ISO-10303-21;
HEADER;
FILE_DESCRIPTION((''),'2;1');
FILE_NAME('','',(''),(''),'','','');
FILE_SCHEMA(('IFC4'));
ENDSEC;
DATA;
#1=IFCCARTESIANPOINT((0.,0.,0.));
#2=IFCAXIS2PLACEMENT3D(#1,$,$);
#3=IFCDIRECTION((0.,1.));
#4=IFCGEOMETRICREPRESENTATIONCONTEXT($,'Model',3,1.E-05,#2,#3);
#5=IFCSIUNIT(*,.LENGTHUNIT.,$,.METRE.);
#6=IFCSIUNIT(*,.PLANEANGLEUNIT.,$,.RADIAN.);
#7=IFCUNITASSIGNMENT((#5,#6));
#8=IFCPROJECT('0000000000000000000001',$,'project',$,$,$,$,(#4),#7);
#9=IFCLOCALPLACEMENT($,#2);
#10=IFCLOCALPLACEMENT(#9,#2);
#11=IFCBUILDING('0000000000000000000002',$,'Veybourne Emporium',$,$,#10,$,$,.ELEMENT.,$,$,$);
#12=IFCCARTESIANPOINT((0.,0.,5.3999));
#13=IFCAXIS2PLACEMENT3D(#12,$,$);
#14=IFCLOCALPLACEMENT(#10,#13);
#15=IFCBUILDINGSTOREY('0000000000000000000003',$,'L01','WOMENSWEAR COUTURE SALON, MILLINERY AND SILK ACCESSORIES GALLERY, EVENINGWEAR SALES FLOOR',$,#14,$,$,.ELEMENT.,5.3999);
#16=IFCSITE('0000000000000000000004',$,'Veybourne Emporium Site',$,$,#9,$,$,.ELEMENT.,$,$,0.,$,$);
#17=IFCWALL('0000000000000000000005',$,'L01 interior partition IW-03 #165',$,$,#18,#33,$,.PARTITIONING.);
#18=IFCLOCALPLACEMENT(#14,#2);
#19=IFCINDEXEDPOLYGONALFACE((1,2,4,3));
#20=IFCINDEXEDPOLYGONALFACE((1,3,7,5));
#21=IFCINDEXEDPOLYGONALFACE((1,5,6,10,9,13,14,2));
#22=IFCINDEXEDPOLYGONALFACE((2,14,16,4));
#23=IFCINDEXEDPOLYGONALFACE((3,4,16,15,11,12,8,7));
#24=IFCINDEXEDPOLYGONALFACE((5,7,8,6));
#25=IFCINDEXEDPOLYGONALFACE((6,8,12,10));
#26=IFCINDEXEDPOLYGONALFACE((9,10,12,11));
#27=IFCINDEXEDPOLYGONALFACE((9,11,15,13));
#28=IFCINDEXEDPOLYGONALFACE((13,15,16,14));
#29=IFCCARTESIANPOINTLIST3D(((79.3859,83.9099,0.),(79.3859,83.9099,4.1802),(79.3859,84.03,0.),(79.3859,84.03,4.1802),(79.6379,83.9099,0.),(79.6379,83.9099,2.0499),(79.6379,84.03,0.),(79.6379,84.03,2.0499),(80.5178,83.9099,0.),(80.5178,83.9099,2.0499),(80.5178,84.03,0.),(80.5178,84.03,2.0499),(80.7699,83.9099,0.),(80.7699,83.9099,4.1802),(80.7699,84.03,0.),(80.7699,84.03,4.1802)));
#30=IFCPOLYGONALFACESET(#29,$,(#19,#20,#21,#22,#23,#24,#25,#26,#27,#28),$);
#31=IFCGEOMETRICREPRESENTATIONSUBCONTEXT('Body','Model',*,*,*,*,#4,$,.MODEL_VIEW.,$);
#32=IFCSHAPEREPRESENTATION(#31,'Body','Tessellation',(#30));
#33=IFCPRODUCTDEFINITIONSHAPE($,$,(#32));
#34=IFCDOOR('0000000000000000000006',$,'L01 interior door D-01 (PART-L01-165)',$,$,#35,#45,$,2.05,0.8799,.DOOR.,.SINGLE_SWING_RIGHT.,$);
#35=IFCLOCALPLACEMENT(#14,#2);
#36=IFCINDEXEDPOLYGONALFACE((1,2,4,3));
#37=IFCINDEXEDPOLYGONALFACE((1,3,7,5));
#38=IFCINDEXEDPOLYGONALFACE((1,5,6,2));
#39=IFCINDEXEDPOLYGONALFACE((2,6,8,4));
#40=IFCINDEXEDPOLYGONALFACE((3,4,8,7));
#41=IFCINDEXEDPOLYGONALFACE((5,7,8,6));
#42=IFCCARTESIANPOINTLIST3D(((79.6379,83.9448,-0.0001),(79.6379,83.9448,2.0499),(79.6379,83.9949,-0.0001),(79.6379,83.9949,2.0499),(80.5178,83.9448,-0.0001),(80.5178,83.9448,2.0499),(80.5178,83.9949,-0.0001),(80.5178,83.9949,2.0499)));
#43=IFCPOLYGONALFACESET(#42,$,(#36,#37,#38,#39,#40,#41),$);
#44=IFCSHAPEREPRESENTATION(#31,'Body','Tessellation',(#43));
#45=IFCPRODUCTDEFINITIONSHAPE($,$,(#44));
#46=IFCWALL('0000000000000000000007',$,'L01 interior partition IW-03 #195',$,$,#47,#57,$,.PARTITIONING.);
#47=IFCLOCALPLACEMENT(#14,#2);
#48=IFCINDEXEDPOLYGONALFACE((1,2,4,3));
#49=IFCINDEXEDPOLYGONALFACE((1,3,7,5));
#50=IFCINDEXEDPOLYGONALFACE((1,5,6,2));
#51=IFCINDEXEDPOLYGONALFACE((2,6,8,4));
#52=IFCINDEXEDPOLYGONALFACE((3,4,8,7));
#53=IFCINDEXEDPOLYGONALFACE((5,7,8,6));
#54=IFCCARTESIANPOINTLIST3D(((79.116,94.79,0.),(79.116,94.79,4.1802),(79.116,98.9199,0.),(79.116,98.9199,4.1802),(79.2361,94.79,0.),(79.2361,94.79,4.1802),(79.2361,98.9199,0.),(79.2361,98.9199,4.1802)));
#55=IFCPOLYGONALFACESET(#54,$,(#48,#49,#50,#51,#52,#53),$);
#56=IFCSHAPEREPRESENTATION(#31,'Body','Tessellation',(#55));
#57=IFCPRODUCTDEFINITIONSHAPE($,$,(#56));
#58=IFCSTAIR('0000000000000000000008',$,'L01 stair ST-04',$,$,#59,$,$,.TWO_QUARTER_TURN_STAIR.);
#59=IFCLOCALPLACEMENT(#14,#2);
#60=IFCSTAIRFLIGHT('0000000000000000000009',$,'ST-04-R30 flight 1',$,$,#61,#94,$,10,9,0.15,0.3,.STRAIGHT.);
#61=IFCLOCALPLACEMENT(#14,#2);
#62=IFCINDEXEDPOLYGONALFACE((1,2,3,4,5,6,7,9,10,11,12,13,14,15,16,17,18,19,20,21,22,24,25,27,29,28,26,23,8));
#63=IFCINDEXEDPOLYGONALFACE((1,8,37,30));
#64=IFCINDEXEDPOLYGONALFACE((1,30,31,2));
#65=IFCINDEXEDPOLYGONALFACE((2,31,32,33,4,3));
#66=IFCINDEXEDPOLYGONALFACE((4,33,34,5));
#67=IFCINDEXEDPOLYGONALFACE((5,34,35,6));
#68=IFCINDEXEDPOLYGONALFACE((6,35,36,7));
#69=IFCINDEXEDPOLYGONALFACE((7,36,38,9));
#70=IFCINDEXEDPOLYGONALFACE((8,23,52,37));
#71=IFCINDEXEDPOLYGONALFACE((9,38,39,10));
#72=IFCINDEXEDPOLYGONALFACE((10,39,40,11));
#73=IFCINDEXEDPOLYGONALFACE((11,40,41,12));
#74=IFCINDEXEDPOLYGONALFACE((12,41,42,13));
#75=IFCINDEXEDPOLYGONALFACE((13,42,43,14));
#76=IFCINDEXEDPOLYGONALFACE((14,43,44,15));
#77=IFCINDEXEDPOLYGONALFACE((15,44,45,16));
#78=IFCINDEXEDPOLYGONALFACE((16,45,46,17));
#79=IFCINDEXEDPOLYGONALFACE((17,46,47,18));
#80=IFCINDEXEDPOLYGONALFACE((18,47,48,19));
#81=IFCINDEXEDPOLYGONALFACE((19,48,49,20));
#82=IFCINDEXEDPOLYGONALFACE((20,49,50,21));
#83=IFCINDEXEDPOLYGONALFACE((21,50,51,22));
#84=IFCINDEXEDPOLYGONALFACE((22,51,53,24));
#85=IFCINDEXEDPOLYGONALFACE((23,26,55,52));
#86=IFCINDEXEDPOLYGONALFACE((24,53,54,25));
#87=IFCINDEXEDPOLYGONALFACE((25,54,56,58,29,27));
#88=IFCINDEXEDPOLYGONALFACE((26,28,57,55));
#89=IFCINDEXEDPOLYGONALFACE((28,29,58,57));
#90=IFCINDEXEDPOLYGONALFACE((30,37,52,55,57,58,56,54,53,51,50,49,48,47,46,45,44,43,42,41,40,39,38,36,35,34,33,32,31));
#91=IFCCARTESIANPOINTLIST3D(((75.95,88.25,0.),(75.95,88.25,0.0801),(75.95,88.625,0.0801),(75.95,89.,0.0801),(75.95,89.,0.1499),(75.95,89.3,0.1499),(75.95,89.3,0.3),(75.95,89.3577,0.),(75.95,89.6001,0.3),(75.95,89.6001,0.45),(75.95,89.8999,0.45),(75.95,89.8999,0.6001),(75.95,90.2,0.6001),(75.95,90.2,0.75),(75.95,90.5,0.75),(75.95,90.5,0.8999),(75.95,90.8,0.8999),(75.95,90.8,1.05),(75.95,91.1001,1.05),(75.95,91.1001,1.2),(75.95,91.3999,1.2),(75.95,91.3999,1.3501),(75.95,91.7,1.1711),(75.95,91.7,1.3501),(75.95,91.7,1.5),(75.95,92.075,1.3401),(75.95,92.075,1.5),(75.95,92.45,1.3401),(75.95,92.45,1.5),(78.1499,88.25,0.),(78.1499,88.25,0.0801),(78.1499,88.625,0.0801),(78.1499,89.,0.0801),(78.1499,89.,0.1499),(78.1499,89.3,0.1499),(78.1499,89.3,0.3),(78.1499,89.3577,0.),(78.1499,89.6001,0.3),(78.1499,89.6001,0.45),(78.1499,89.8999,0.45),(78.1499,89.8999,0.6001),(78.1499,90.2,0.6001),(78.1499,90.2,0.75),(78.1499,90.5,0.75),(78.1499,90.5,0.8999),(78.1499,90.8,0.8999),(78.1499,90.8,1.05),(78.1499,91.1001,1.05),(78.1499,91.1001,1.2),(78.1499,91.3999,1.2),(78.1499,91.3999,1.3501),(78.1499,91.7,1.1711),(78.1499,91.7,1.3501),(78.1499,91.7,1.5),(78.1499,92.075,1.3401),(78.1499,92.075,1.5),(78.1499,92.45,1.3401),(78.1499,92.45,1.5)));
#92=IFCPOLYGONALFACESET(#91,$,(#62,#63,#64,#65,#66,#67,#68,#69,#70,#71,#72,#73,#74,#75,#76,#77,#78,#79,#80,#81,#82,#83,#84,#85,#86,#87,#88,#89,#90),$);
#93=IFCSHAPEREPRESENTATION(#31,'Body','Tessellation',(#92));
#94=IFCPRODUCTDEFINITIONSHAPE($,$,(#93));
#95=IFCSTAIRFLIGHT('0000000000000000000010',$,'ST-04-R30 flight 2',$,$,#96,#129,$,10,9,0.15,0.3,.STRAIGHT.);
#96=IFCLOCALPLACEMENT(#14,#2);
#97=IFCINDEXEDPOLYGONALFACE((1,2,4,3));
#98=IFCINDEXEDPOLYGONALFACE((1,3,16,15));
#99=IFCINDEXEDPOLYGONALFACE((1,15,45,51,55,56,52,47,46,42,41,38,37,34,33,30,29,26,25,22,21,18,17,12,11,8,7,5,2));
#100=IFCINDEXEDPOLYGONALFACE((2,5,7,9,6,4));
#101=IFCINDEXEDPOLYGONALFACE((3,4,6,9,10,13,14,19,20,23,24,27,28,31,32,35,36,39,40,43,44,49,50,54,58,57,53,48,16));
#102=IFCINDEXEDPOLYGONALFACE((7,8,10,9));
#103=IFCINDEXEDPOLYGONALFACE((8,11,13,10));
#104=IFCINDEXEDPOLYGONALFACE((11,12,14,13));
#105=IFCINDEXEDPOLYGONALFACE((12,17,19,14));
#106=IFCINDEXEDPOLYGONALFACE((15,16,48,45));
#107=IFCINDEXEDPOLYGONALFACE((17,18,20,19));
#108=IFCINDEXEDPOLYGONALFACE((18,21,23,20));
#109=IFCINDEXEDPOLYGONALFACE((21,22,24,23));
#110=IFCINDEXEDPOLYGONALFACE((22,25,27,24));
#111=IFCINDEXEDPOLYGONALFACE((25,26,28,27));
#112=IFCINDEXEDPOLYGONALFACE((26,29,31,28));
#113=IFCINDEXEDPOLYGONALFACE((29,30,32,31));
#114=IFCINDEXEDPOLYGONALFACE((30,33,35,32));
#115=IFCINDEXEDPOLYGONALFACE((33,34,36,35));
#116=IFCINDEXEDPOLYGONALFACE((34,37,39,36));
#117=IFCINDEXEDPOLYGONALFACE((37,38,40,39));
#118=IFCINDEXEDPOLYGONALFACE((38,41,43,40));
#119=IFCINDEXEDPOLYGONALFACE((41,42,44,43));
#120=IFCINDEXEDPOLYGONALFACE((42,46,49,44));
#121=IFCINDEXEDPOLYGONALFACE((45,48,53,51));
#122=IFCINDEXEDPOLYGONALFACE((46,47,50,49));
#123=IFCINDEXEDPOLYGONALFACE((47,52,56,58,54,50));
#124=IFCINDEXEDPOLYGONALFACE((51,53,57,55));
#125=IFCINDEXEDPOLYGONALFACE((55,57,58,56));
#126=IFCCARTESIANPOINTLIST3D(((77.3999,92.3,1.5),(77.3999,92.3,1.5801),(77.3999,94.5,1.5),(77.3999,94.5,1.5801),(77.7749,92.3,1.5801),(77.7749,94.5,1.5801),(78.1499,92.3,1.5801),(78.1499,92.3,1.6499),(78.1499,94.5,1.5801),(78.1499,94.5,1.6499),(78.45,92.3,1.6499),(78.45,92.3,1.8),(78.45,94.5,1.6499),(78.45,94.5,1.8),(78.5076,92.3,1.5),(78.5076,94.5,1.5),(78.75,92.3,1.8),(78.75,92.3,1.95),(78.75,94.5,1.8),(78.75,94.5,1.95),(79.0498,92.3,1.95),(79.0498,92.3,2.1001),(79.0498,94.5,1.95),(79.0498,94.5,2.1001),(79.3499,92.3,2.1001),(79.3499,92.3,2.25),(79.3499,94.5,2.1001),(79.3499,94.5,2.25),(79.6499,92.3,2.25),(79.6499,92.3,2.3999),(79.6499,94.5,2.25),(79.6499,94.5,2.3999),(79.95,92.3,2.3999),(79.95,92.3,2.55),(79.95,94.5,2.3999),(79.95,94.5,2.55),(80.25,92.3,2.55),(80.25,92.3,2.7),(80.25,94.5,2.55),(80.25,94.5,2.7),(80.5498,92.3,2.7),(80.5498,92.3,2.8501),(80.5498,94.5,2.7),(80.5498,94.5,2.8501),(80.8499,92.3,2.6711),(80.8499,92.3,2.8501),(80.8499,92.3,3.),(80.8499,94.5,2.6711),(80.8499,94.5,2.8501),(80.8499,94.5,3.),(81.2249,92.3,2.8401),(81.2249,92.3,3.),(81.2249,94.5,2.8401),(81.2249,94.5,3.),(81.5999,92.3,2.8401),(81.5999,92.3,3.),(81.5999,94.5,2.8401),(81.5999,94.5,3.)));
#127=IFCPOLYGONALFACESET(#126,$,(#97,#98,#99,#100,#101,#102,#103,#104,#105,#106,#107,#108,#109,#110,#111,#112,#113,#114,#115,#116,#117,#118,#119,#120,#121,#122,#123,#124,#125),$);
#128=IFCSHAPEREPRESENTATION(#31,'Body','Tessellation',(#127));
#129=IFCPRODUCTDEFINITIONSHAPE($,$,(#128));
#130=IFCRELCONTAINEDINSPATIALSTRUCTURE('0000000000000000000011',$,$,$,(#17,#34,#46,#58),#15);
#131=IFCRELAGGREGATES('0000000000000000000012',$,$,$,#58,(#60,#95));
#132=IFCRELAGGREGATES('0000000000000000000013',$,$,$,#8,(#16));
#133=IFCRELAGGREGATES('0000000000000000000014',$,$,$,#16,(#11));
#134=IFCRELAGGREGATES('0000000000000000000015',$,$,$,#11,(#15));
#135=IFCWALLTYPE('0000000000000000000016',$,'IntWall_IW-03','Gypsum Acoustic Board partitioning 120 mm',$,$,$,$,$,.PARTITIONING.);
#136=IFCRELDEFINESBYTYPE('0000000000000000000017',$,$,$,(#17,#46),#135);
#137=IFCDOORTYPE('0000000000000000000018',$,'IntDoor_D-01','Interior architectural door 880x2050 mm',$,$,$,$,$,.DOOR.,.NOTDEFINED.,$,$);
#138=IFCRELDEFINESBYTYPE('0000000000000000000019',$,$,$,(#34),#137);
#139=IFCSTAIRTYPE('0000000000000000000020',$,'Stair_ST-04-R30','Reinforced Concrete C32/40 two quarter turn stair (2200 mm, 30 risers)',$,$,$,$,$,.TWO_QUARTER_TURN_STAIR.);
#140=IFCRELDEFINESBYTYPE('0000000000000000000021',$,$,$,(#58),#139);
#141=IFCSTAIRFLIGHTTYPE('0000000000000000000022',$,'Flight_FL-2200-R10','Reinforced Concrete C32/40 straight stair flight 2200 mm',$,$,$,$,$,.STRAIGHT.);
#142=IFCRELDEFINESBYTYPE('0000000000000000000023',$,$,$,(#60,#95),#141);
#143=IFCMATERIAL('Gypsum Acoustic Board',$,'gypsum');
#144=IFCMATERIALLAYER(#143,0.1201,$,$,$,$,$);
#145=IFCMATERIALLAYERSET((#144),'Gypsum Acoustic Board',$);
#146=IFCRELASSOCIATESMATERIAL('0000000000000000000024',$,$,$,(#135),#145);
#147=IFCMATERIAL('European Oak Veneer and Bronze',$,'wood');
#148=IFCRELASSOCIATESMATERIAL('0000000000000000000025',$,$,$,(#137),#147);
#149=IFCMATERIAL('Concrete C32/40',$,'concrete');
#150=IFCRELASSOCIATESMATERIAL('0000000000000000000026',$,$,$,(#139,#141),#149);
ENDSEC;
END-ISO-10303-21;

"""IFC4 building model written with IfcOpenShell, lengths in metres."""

from ifc_helpers import new_model, si_unit, direction, frame, frame_2d, origin, place, context, subcontext, project, spatial, polyline, rectangle, outline, extrude, material, layer, layer_set, type_object, element, fill, aggregate, save


model = new_model("IFC4")

# Units and contexts
model_context = context("Model", 3, precision=1e-05, world=origin(), true_north=direction((0.0, 1.0)))
body_context = subcontext(model_context, "Body", "Model", "MODEL_VIEW")
ifc_project = project(units=[si_unit("LENGTHUNIT", "METRE"), si_unit("PLANEANGLEUNIT", "RADIAN")], contexts=[model_context])

# Site, building, storey
site_placement = place(None, origin())
site = spatial("IfcSite", under=ifc_project, at=site_placement, Name="Veybourne Emporium Site", CompositionType="ELEMENT", RefElevation=0.0)
building_placement = place(site_placement, origin())
building = spatial("IfcBuilding", under=site, at=building_placement, Name="Veybourne Emporium", CompositionType="ELEMENT")
storey_placement = place(building_placement, frame((0.0, 0.0, 5.3999)))
storey = spatial("IfcBuildingStorey", under=building, at=storey_placement, Name="L01", Description="WOMENSWEAR COUTURE SALON, MILLINERY AND SILK ACCESSORIES GALLERY, EVENINGWEAR SALES FLOOR", CompositionType="ELEMENT", Elevation=5.3999)

# Shared definitions
ifc_material_1 = material(Name="Concrete C32/40", Category="concrete")

# Wall, opening, door
ifc_material_2 = material(Name="Gypsum Acoustic Board", Category="gypsum")
ifc_material_3 = material(Name="European Oak Veneer and Bronze", Category="wood")
ifc_layer_1 = layer(ifc_material_2, 0.1201)
ifc_layer_set_1 = layer_set([ifc_layer_1], Name="Gypsum Acoustic Board")
wall_type_1 = type_object("IfcWallType", Name="IntWall_IW-03", Description="Gypsum Acoustic Board partitioning 120 mm", PredefinedType="PARTITIONING", material=ifc_layer_set_1)
wall_1_placement = place(storey_placement, frame((79.386, 83.97, 0.0), z_axis=(0.0, 0.0, 1.0), x_axis=(1.0, 0.0, 0.0)))
wall_1 = element("IfcWall", 1, at=wall_1_placement, inside=storey, type_object=wall_type_1, Name="L01 interior partition IW-03 #165", PredefinedType="PARTITIONING", context=body_context, shape_type="SweptSolid", body=[
    extrude(rectangle(XDim=1.384, YDim=0.1201, at=frame_2d((0.6919, 0.0))), origin(), (0.0, 0.0, 1.0), 4.1802),
])
opening_1_placement = place(wall_1_placement, frame((0.252, 0.0, 0.0)))
opening_1 = element("IfcOpeningElement", 2, at=opening_1_placement, cuts=wall_1, PredefinedType="OPENING", context=body_context, shape_type="SweptSolid", body=[
    extrude(rectangle(XDim=0.8799, YDim=2.05, at=frame_2d((0.4399, 1.0249))), frame((0.0, 0.0801, 0.0), z_axis=(0.0, -1.0, 0.0), x_axis=(1.0, 0.0, 0.0)), (0.0, 0.0, 1.0), 0.1602),
])
door_type_1 = type_object("IfcDoorType", Name="IntDoor_D-01", Description="Interior architectural door 880x2050 mm", OperationType="NOTDEFINED", PredefinedType="DOOR", material=ifc_material_3)
door_1_placement = place(opening_1_placement, origin())
door_1 = element("IfcDoor", 3, at=door_1_placement, inside=storey, type_object=door_type_1, Name="L01 interior door D-01 (PART-L01-165)", OperationType="SINGLE_SWING_RIGHT", OverallHeight=2.05, OverallWidth=0.8799, PredefinedType="DOOR", context=body_context, shape_type="SweptSolid", body=[
    extrude(rectangle(XDim=0.8799, YDim=2.05, at=frame_2d((0.4399, 1.0249))), frame((0.0, 0.0249, 0.0), z_axis=(0.0, -1.0, 0.0), x_axis=(1.0, 0.0, 0.0)), (0.0, 0.0, 1.0), 0.05),
])
fill(opening_1, door_1)

# Wall
wall_2_placement = place(storey_placement, frame((79.176, 94.79, 0.0), z_axis=(0.0, 0.0, 1.0), x_axis=(0.0, 1.0, 0.0)))
element("IfcWall", 4, at=wall_2_placement, inside=storey, type_object=wall_type_1, Name="L01 interior partition IW-03 #195", PredefinedType="PARTITIONING", context=body_context, shape_type="SweptSolid", body=[
    extrude(rectangle(XDim=4.1299, YDim=0.1201, at=frame_2d((2.0649, 0.0))), origin(), (0.0, 0.0, 1.0), 4.1802),
])

# Stair, stair flights
stair_type = type_object("IfcStairType", Name="Stair_ST-04-R30", Description="Reinforced Concrete C32/40 two quarter turn stair (2200 mm, 30 risers)", PredefinedType="TWO_QUARTER_TURN_STAIR", material=ifc_material_1)
stair_placement = place(storey_placement, origin())
stair = element("IfcStair", 5, at=stair_placement, inside=storey, type_object=stair_type, Name="L01 stair ST-04", PredefinedType="TWO_QUARTER_TURN_STAIR")
stair_flight_type = type_object("IfcStairFlightType", Name="Flight_FL-2200-R10", Description="Reinforced Concrete C32/40 straight stair flight 2200 mm", PredefinedType="STRAIGHT", material=ifc_material_1)
stair_flight_1_placement = place(storey_placement, frame((77.05, 89.0, 0.0), z_axis=(0.0, 0.0, 1.0), x_axis=(0.0, 1.0, 0.0)))
stair_flight_1 = element("IfcStairFlight", 6, at=stair_flight_1_placement, type_object=stair_flight_type, Name="ST-04-R30 flight 1", NumberOfRisers=10, NumberOfTreads=9, PredefinedType="STRAIGHT", RiserHeight=0.15, TreadLength=0.3, context=body_context, shape_type="SweptSolid", body=[
    extrude(outline(polyline([(-0.75, 0.0), (-0.75, 0.0801), (-0.375, 0.0801), (0.0, 0.0801), (0.0, 0.1499), (0.3, 0.1499), (0.3, 0.3), (0.6001, 0.3), (0.6001, 0.45), (0.8999, 0.45), (0.8999, 0.6001), (1.2, 0.6001), (1.2, 0.75), (1.5, 0.75), (1.5, 0.8999), (1.8, 0.8999), (1.8, 1.05), (2.1001, 1.05), (2.1001, 1.2), (2.3999, 1.2), (2.3999, 1.3501), (2.7, 1.3501), (2.7, 1.5), (3.075, 1.5), (3.45, 1.5), (3.45, 1.3401), (3.075, 1.3401), (2.7, 1.1711), (0.3577, 0.0), (-0.75, 0.0)])), frame((0.0, 1.1001, 0.0), z_axis=(0.0, -1.0, 0.0), x_axis=(1.0, 0.0, 0.0)), (0.0, 0.0, 1.0), 2.2),
])
stair_flight_2_placement = place(storey_placement, frame((78.1499, 93.3999, 1.5), z_axis=(0.0, 0.0, 1.0), x_axis=(1.0, 0.0, 0.0)))
stair_flight_2 = element("IfcStairFlight", 7, at=stair_flight_2_placement, type_object=stair_flight_type, Name="ST-04-R30 flight 2", NumberOfRisers=10, NumberOfTreads=9, PredefinedType="STRAIGHT", RiserHeight=0.15, TreadLength=0.3, context=body_context, shape_type="SweptSolid", body=[
    extrude(outline(polyline([(-0.75, 0.0), (-0.75, 0.0801), (-0.375, 0.0801), (0.0, 0.0801), (0.0, 0.1499), (0.3, 0.1499), (0.3, 0.3), (0.6001, 0.3), (0.6001, 0.45), (0.8999, 0.45), (0.8999, 0.6001), (1.2, 0.6001), (1.2, 0.75), (1.5, 0.75), (1.5, 0.8999), (1.8, 0.8999), (1.8, 1.05), (2.1001, 1.05), (2.1001, 1.2), (2.3999, 1.2), (2.3999, 1.3501), (2.7, 1.3501), (2.7, 1.5), (3.075, 1.5), (3.45, 1.5), (3.45, 1.3401), (3.075, 1.3401), (2.7, 1.1711), (0.3577, 0.0), (-0.75, 0.0)])), frame((0.0, 1.1001, 0.0), z_axis=(0.0, -1.0, 0.0), x_axis=(1.0, 0.0, 0.0)), (0.0, 0.0, 1.0), 2.2),
])
aggregate(stair, [stair_flight_1, stair_flight_2])

save(model, "model.ifc")
